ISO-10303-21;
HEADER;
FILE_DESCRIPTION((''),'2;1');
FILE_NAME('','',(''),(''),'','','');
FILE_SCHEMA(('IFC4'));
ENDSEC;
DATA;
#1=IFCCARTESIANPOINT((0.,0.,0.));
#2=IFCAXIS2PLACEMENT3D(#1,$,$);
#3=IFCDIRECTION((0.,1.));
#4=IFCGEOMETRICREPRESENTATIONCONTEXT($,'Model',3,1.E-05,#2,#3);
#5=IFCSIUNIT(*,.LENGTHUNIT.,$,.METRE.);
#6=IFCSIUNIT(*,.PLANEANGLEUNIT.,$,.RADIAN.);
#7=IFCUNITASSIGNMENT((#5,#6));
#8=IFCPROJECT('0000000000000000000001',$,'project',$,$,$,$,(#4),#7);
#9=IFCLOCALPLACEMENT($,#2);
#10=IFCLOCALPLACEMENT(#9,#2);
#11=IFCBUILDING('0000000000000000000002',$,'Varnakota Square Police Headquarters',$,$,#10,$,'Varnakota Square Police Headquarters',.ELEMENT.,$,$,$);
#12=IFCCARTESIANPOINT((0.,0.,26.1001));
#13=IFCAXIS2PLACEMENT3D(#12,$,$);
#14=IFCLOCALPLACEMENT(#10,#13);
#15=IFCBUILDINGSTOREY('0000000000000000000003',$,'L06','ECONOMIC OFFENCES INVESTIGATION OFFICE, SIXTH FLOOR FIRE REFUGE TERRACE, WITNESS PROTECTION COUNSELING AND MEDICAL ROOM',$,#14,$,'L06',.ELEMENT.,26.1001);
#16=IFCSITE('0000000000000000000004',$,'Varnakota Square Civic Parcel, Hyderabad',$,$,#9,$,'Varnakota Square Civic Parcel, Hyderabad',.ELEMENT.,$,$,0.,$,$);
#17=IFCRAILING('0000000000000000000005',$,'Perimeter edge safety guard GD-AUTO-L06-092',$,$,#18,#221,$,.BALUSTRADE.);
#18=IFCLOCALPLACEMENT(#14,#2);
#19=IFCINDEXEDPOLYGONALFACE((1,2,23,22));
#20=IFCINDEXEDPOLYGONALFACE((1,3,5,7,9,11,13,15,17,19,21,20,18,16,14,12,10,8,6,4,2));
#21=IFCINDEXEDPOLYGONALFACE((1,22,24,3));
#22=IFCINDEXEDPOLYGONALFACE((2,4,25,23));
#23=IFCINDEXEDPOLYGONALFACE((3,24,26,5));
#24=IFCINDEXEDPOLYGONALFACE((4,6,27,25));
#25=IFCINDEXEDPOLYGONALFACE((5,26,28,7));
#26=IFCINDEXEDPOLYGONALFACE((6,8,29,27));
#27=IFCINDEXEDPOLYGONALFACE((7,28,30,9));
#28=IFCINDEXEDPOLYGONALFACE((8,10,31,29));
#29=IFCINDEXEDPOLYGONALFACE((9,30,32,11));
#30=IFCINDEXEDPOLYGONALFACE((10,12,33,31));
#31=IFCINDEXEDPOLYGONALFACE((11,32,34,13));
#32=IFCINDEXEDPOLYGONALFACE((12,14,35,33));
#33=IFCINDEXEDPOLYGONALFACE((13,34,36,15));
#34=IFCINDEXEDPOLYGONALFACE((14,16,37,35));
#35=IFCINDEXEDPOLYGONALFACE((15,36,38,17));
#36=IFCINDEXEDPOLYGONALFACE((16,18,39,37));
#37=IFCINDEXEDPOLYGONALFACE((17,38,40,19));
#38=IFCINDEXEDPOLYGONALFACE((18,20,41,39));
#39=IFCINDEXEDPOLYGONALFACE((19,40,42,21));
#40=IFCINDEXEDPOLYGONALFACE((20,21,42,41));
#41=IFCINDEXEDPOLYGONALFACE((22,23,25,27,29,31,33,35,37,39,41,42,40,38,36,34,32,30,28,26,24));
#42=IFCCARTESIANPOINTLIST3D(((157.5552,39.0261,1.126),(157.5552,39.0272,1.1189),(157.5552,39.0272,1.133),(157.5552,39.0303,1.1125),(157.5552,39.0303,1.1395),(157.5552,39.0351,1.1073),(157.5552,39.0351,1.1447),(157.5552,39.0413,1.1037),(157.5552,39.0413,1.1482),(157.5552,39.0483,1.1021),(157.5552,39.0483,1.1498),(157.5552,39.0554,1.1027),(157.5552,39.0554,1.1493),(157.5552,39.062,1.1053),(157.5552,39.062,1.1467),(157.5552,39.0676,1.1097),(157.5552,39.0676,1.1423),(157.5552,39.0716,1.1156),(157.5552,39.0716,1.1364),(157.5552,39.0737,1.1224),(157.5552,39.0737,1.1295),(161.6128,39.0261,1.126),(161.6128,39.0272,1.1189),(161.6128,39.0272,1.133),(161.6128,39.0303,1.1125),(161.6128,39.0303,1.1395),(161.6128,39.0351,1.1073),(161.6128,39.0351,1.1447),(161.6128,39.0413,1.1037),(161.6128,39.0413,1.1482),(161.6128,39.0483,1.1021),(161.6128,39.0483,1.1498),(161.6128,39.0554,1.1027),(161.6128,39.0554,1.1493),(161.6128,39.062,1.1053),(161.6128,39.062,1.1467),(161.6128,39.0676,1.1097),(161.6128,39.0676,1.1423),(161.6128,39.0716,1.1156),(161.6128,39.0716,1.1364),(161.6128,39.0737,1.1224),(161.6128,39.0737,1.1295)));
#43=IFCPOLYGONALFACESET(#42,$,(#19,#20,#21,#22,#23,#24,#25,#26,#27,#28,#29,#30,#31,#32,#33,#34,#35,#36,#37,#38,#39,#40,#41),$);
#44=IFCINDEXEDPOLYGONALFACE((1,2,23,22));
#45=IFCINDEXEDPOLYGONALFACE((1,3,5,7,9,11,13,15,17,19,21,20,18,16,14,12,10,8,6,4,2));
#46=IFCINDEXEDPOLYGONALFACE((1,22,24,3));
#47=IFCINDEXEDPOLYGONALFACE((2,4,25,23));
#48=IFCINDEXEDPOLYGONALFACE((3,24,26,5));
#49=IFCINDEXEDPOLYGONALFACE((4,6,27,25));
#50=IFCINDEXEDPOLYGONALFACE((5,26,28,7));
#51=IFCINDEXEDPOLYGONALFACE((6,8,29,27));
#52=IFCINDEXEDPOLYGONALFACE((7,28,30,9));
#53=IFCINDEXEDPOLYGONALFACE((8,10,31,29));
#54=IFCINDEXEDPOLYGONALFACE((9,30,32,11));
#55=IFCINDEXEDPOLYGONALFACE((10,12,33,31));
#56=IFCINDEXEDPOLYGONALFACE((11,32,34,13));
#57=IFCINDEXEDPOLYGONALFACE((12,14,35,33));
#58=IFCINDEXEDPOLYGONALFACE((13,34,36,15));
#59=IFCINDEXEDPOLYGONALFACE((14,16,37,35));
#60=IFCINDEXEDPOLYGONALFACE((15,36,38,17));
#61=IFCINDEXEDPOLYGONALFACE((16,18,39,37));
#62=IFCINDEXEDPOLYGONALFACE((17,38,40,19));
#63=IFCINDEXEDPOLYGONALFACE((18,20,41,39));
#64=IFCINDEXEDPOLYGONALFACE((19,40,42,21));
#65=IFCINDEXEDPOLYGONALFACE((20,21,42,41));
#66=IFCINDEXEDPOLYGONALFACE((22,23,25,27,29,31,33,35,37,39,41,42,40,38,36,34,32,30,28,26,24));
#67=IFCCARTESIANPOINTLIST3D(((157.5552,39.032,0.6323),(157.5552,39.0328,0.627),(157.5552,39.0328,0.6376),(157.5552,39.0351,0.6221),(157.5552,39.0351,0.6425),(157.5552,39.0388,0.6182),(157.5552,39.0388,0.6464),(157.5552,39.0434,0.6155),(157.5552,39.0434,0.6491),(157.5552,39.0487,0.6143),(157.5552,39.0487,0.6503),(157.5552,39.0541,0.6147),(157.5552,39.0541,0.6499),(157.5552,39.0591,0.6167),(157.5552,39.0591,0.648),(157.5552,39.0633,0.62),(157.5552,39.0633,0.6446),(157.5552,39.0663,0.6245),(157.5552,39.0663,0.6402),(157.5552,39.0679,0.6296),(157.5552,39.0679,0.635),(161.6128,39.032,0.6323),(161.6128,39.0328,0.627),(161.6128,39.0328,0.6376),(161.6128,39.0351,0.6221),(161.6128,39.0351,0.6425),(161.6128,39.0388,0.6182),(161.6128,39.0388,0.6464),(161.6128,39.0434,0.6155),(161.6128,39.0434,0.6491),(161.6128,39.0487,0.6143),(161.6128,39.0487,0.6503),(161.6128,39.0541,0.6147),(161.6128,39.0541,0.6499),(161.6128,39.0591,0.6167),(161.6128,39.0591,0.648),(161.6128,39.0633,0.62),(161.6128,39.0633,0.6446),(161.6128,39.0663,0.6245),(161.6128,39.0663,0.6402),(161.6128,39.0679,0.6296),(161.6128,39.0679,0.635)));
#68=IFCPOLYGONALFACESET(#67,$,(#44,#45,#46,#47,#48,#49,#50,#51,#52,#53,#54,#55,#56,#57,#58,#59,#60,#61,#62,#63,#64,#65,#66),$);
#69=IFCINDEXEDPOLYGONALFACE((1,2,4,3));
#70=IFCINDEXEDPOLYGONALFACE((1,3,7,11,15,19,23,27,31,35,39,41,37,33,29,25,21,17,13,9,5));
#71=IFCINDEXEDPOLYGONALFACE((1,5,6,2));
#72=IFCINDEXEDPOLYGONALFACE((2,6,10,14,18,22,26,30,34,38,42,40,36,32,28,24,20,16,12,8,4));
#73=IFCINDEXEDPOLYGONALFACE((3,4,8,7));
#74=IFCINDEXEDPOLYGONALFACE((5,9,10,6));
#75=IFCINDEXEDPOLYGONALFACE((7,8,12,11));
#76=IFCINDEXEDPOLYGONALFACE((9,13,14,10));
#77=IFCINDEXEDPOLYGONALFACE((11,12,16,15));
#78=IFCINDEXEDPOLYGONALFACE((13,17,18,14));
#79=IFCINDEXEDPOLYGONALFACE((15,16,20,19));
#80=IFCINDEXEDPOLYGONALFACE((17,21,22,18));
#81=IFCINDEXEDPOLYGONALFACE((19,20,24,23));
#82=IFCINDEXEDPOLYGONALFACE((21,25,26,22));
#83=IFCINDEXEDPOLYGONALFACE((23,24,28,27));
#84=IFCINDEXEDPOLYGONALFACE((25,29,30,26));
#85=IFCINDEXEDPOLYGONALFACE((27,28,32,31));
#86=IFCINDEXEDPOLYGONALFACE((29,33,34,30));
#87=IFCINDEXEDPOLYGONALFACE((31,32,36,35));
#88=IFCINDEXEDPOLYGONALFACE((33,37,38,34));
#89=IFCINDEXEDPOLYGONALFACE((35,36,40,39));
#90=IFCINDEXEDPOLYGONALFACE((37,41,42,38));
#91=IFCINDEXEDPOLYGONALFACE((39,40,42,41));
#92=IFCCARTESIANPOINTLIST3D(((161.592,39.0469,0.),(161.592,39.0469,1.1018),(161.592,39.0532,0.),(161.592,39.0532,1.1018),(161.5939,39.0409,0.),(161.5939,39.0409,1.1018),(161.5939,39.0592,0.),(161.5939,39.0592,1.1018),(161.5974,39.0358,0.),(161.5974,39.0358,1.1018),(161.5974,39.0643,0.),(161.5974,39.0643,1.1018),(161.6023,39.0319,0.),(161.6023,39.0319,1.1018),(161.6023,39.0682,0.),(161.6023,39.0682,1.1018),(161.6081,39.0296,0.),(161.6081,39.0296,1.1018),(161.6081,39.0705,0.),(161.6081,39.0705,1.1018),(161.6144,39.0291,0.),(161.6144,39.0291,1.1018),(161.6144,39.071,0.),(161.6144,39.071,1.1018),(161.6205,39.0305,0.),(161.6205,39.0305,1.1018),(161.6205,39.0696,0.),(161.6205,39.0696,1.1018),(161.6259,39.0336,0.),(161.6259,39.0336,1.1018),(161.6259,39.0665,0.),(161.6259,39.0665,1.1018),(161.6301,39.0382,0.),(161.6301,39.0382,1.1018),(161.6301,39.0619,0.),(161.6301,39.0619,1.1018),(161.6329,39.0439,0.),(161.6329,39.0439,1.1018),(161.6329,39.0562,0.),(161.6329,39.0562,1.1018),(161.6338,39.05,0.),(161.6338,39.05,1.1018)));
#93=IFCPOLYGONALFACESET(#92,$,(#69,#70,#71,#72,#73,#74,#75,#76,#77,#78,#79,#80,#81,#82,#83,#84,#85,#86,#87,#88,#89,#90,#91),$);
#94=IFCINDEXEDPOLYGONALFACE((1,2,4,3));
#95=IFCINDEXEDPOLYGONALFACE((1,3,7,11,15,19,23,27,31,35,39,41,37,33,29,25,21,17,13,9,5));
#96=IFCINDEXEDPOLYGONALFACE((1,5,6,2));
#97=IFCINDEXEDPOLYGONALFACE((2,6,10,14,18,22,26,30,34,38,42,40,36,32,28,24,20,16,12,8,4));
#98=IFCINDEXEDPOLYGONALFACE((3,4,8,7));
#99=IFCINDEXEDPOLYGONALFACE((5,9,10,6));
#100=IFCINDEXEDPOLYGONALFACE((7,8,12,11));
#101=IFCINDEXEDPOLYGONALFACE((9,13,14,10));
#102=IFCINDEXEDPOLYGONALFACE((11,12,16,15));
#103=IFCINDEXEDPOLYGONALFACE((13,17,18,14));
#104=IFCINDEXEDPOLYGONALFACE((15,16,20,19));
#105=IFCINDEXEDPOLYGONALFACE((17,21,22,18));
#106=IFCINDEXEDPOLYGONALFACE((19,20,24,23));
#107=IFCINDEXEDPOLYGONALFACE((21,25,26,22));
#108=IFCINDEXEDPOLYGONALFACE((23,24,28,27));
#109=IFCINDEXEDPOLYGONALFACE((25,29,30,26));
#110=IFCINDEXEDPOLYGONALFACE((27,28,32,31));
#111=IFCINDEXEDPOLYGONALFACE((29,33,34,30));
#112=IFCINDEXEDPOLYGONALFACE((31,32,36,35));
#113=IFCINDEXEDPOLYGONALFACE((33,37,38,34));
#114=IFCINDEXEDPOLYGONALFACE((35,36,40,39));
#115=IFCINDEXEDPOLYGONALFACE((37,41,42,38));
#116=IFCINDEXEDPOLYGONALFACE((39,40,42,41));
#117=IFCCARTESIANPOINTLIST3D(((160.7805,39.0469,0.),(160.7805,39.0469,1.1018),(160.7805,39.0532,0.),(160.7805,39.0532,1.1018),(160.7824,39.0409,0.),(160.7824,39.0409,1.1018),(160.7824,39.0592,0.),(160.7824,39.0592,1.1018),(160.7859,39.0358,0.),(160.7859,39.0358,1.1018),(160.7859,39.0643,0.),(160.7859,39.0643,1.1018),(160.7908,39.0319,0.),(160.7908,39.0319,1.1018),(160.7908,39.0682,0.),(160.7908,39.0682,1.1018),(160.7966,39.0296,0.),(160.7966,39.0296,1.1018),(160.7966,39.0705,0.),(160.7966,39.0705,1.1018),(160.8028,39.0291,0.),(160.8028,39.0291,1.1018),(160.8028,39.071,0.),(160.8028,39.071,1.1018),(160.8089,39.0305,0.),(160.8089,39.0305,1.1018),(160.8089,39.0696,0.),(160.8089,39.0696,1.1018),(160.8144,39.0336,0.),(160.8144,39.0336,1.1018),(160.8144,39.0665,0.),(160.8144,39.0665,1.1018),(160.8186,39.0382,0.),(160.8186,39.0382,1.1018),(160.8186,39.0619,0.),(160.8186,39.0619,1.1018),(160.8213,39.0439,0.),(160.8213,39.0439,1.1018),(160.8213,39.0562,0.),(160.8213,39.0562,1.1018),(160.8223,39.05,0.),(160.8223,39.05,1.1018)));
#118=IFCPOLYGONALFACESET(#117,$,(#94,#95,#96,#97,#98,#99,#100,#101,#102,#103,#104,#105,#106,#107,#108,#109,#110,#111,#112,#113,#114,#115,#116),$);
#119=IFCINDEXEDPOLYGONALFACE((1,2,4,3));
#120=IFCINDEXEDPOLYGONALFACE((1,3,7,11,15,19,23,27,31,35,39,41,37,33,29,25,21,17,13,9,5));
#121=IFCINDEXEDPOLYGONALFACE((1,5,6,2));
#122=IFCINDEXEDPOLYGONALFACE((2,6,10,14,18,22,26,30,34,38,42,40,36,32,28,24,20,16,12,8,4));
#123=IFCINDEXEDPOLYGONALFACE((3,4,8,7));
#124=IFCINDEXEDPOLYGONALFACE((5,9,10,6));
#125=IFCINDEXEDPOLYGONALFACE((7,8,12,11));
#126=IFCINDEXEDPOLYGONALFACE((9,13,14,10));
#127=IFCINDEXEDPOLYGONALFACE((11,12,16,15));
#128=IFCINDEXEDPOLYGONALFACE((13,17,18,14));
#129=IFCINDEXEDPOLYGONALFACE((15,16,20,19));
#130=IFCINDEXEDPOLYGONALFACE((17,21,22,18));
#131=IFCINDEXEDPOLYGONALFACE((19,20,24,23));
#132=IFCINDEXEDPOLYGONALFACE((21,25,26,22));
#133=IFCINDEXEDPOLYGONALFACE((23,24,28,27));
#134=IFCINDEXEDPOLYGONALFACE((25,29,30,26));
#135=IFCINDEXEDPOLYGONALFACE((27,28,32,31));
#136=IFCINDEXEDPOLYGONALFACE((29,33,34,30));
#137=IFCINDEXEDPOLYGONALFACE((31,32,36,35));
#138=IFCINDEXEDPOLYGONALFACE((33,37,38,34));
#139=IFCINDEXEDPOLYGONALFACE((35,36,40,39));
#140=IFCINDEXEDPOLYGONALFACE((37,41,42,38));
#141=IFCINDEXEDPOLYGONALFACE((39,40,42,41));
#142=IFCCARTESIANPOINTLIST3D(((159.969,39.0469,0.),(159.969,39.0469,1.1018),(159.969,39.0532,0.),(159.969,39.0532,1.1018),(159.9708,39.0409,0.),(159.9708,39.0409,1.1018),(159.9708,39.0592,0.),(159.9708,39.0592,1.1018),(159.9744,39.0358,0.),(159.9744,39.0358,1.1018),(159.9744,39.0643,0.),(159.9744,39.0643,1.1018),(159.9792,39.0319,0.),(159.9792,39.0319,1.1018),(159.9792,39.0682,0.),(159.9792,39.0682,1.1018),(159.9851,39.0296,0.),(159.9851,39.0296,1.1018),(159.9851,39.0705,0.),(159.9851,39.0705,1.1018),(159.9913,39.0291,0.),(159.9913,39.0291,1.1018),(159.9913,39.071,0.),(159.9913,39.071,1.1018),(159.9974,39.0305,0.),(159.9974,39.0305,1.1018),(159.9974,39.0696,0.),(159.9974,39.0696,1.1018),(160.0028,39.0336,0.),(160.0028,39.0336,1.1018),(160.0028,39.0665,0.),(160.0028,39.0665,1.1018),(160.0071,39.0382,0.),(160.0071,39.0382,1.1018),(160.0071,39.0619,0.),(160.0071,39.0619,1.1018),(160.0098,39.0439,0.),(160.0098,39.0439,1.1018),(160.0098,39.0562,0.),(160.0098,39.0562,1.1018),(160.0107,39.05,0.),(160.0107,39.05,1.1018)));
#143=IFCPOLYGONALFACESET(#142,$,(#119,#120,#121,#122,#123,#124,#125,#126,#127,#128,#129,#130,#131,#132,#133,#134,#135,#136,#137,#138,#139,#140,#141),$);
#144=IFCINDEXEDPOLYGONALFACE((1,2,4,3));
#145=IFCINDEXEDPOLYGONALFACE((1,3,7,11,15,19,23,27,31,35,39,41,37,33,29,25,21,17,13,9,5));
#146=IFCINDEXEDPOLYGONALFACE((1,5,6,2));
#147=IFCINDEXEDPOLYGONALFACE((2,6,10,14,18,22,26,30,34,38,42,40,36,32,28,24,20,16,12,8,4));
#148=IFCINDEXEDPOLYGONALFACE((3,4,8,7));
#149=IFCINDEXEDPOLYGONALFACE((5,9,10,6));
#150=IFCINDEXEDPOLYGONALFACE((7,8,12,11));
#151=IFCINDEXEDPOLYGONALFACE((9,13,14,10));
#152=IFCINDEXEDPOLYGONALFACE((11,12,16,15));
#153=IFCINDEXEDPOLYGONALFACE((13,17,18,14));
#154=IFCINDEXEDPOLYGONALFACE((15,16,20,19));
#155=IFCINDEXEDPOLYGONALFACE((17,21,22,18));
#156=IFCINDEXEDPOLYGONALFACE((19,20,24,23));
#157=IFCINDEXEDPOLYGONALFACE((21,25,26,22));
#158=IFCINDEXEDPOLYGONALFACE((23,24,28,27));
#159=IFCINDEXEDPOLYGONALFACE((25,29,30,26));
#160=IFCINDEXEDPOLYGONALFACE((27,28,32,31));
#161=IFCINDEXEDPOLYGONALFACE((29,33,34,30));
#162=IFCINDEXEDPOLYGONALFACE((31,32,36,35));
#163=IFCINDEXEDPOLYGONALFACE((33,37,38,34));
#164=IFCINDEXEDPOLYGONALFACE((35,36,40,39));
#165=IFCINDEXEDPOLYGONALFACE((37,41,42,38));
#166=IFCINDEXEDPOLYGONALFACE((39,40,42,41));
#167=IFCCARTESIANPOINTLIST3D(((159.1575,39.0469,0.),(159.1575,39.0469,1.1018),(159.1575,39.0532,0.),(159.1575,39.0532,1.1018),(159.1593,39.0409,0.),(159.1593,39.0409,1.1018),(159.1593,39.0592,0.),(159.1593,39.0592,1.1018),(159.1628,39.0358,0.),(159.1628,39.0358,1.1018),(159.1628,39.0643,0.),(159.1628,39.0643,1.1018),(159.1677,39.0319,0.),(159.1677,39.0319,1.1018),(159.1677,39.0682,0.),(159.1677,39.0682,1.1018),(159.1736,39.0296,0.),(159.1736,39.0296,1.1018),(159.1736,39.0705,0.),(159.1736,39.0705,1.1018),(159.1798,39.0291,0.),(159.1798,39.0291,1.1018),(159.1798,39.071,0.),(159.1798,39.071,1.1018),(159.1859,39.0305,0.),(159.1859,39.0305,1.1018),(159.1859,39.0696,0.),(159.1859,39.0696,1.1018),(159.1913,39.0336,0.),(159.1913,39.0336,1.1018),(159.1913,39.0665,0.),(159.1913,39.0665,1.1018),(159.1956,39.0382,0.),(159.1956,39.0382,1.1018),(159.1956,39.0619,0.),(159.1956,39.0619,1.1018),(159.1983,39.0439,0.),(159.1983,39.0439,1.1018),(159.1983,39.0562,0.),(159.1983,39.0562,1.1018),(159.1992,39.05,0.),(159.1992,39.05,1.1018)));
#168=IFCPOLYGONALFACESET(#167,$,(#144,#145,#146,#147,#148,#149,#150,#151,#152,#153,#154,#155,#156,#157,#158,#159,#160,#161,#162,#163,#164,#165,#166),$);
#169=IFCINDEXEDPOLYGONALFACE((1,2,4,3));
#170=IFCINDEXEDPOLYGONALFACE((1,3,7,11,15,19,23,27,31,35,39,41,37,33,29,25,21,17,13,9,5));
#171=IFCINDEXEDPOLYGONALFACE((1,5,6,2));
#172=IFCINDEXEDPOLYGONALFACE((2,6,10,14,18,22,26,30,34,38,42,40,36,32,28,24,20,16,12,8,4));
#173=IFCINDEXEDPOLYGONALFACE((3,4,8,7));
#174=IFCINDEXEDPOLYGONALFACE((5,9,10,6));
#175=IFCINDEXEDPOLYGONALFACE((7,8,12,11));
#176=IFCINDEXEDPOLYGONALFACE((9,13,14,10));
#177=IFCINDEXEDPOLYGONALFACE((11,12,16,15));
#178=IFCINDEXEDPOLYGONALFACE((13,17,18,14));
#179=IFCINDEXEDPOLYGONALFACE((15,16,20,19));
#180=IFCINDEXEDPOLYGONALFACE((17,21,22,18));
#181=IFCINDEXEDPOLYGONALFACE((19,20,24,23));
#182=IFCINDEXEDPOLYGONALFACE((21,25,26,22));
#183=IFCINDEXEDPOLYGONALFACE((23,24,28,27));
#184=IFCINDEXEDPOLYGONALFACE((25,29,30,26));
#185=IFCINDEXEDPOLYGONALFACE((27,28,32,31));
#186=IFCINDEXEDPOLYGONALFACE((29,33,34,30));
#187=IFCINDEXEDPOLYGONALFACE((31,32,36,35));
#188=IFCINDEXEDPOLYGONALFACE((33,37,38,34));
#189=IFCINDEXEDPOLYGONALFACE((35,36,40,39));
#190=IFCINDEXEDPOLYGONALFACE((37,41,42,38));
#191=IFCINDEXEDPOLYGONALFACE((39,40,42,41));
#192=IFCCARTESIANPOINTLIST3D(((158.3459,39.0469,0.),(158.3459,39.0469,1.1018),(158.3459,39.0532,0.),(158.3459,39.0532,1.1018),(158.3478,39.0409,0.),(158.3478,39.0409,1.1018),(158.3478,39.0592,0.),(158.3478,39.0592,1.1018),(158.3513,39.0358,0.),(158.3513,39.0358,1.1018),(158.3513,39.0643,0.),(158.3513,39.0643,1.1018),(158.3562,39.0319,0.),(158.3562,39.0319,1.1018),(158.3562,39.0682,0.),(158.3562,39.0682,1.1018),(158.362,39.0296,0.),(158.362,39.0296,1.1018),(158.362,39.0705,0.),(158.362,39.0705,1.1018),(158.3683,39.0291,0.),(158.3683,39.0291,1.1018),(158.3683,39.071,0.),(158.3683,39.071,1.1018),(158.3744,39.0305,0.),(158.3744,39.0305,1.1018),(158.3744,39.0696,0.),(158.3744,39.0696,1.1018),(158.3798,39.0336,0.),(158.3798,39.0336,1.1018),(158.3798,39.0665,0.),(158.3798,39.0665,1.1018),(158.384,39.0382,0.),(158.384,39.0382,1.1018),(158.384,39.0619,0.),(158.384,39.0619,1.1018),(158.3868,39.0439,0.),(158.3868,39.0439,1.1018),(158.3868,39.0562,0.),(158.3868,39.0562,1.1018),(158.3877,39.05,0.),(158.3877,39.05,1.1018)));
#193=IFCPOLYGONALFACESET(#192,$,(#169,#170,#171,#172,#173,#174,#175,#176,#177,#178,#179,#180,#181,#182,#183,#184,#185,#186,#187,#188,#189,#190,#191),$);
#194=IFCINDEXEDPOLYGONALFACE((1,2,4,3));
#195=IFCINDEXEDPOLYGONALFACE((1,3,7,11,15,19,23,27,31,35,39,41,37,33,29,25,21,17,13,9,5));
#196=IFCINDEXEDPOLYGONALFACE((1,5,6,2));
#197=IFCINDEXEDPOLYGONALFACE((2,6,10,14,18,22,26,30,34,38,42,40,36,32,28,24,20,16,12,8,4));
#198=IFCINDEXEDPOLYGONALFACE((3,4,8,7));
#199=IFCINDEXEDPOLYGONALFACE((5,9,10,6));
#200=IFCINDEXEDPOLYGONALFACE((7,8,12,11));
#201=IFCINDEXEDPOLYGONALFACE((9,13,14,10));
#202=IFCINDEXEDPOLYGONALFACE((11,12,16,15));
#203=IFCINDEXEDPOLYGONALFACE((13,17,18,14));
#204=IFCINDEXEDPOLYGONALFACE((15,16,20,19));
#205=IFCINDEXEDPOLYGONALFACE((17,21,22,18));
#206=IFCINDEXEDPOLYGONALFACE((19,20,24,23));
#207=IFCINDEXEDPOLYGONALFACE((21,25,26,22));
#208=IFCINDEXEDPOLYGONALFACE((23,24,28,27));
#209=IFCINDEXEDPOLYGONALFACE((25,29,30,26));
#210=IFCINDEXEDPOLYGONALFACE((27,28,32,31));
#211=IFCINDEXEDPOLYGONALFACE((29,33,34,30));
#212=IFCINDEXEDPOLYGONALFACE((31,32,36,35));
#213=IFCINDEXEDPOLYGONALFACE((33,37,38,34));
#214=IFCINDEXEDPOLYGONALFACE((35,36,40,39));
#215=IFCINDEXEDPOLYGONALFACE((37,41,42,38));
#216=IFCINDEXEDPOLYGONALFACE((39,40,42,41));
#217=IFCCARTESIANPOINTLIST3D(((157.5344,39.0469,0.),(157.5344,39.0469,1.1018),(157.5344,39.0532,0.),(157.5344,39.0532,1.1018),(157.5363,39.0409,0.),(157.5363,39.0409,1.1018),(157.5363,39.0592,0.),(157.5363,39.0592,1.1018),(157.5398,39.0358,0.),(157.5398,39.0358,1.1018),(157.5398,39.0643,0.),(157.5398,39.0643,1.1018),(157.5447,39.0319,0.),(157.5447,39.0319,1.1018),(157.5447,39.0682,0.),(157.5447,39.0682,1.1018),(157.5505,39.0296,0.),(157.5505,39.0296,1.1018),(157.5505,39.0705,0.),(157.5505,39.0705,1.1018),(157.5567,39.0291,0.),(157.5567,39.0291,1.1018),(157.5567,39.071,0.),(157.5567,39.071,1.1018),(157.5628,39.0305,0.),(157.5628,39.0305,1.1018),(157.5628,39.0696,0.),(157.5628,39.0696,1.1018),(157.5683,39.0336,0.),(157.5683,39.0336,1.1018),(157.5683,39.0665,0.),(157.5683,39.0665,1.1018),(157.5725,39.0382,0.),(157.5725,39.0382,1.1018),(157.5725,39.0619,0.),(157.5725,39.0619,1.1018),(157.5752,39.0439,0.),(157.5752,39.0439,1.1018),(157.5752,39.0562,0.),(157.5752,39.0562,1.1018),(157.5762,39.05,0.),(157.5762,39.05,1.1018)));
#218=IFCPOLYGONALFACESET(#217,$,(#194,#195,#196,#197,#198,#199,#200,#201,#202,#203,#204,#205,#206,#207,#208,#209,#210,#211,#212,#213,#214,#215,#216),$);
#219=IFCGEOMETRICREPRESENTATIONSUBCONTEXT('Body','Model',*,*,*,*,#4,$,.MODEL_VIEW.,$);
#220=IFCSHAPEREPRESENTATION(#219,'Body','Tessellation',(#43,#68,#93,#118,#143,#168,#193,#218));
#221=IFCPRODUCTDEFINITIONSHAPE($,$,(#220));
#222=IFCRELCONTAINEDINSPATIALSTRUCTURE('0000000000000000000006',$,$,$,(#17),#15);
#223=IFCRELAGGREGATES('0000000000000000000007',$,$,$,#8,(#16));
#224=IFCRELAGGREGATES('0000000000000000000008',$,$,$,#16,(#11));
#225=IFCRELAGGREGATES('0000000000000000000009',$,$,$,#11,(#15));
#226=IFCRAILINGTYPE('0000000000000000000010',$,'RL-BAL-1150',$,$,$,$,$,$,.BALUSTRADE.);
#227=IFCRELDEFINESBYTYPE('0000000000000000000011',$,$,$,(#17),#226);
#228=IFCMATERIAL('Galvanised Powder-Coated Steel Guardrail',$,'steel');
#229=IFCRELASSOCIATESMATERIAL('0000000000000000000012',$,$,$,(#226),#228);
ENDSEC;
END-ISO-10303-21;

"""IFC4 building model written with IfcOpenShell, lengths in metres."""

from ifc_helpers import new_model, si_unit, direction, frame, origin, origin_2d, place, context, subcontext, project, spatial, circle, extrude, material, type_object, element, save


model = new_model("IFC4")

# Units and contexts
model_context = context("Model", 3, precision=1e-05, world=origin(), true_north=direction((0.0, 1.0)))
body_context = subcontext(model_context, "Body", "Model", "MODEL_VIEW")
ifc_project = project(units=[si_unit("LENGTHUNIT", "METRE"), si_unit("PLANEANGLEUNIT", "RADIAN")], contexts=[model_context])

# Site, building, storey
site_placement = place(None, origin())
site = spatial("IfcSite", under=ifc_project, at=site_placement, Name="Varnakota Square Civic Parcel, Hyderabad", LongName="Varnakota Square Civic Parcel, Hyderabad", CompositionType="ELEMENT", RefElevation=0.0)
building_placement = place(site_placement, origin())
building = spatial("IfcBuilding", under=site, at=building_placement, Name="Varnakota Square Police Headquarters", LongName="Varnakota Square Police Headquarters", CompositionType="ELEMENT")
storey_placement = place(building_placement, frame((0.0, 0.0, 26.1001)))
storey = spatial("IfcBuildingStorey", under=building, at=storey_placement, Name="L06", Description="ECONOMIC OFFENCES INVESTIGATION OFFICE, SIXTH FLOOR FIRE REFUGE TERRACE, WITNESS PROTECTION COUNSELING AND MEDICAL ROOM", LongName="L06", CompositionType="ELEMENT", Elevation=26.1001)

# Railing
ifc_material_1 = material(Name="Galvanised Powder-Coated Steel Guardrail", Category="steel")
railing_type = type_object("IfcRailingType", Name="RL-BAL-1150", PredefinedType="BALUSTRADE", material=ifc_material_1)
railing_1_placement = place(storey_placement, frame((161.6128, 39.05, 0.0)))
element("IfcRailing", 1, at=railing_1_placement, inside=storey, type_object=railing_type, Name="Perimeter edge safety guard GD-AUTO-L06-092", PredefinedType="BALUSTRADE", context=body_context, shape_type="SweptSolid", body=[
    extrude(circle(Radius=0.0239, at=origin_2d()), frame((0.0, 0.0, 1.126), z_axis=(-1.0, 0.0, 0.0), x_axis=(0.0, -1.0, 0.0)), (0.0, 0.0, 1.0), 4.0576),
    extrude(circle(Radius=0.0181, at=origin_2d()), frame((0.0, 0.0, 0.6323), z_axis=(-1.0, 0.0, 0.0), x_axis=(0.0, -1.0, 0.0)), (0.0, 0.0, 1.0), 4.0576),
    extrude(circle(Radius=0.021, at=origin_2d()), origin(), (0.0, 0.0, 1.0), 1.1018),
    extrude(circle(Radius=0.021, at=origin_2d()), frame((-0.8115, 0.0, 0.0)), (0.0, 0.0, 1.0), 1.1018),
    extrude(circle(Radius=0.021, at=origin_2d()), frame((-1.623, 0.0, 0.0)), (0.0, 0.0, 1.0), 1.1018),
    extrude(circle(Radius=0.021, at=origin_2d()), frame((-2.4346, 0.0, 0.0)), (0.0, 0.0, 1.0), 1.1018),
    extrude(circle(Radius=0.021, at=origin_2d()), frame((-3.2461, 0.0, 0.0)), (0.0, 0.0, 1.0), 1.1018),
    extrude(circle(Radius=0.021, at=origin_2d()), frame((-4.0576, 0.0, 0.0)), (0.0, 0.0, 1.0), 1.1018),
])

save(model, "model.ifc")
